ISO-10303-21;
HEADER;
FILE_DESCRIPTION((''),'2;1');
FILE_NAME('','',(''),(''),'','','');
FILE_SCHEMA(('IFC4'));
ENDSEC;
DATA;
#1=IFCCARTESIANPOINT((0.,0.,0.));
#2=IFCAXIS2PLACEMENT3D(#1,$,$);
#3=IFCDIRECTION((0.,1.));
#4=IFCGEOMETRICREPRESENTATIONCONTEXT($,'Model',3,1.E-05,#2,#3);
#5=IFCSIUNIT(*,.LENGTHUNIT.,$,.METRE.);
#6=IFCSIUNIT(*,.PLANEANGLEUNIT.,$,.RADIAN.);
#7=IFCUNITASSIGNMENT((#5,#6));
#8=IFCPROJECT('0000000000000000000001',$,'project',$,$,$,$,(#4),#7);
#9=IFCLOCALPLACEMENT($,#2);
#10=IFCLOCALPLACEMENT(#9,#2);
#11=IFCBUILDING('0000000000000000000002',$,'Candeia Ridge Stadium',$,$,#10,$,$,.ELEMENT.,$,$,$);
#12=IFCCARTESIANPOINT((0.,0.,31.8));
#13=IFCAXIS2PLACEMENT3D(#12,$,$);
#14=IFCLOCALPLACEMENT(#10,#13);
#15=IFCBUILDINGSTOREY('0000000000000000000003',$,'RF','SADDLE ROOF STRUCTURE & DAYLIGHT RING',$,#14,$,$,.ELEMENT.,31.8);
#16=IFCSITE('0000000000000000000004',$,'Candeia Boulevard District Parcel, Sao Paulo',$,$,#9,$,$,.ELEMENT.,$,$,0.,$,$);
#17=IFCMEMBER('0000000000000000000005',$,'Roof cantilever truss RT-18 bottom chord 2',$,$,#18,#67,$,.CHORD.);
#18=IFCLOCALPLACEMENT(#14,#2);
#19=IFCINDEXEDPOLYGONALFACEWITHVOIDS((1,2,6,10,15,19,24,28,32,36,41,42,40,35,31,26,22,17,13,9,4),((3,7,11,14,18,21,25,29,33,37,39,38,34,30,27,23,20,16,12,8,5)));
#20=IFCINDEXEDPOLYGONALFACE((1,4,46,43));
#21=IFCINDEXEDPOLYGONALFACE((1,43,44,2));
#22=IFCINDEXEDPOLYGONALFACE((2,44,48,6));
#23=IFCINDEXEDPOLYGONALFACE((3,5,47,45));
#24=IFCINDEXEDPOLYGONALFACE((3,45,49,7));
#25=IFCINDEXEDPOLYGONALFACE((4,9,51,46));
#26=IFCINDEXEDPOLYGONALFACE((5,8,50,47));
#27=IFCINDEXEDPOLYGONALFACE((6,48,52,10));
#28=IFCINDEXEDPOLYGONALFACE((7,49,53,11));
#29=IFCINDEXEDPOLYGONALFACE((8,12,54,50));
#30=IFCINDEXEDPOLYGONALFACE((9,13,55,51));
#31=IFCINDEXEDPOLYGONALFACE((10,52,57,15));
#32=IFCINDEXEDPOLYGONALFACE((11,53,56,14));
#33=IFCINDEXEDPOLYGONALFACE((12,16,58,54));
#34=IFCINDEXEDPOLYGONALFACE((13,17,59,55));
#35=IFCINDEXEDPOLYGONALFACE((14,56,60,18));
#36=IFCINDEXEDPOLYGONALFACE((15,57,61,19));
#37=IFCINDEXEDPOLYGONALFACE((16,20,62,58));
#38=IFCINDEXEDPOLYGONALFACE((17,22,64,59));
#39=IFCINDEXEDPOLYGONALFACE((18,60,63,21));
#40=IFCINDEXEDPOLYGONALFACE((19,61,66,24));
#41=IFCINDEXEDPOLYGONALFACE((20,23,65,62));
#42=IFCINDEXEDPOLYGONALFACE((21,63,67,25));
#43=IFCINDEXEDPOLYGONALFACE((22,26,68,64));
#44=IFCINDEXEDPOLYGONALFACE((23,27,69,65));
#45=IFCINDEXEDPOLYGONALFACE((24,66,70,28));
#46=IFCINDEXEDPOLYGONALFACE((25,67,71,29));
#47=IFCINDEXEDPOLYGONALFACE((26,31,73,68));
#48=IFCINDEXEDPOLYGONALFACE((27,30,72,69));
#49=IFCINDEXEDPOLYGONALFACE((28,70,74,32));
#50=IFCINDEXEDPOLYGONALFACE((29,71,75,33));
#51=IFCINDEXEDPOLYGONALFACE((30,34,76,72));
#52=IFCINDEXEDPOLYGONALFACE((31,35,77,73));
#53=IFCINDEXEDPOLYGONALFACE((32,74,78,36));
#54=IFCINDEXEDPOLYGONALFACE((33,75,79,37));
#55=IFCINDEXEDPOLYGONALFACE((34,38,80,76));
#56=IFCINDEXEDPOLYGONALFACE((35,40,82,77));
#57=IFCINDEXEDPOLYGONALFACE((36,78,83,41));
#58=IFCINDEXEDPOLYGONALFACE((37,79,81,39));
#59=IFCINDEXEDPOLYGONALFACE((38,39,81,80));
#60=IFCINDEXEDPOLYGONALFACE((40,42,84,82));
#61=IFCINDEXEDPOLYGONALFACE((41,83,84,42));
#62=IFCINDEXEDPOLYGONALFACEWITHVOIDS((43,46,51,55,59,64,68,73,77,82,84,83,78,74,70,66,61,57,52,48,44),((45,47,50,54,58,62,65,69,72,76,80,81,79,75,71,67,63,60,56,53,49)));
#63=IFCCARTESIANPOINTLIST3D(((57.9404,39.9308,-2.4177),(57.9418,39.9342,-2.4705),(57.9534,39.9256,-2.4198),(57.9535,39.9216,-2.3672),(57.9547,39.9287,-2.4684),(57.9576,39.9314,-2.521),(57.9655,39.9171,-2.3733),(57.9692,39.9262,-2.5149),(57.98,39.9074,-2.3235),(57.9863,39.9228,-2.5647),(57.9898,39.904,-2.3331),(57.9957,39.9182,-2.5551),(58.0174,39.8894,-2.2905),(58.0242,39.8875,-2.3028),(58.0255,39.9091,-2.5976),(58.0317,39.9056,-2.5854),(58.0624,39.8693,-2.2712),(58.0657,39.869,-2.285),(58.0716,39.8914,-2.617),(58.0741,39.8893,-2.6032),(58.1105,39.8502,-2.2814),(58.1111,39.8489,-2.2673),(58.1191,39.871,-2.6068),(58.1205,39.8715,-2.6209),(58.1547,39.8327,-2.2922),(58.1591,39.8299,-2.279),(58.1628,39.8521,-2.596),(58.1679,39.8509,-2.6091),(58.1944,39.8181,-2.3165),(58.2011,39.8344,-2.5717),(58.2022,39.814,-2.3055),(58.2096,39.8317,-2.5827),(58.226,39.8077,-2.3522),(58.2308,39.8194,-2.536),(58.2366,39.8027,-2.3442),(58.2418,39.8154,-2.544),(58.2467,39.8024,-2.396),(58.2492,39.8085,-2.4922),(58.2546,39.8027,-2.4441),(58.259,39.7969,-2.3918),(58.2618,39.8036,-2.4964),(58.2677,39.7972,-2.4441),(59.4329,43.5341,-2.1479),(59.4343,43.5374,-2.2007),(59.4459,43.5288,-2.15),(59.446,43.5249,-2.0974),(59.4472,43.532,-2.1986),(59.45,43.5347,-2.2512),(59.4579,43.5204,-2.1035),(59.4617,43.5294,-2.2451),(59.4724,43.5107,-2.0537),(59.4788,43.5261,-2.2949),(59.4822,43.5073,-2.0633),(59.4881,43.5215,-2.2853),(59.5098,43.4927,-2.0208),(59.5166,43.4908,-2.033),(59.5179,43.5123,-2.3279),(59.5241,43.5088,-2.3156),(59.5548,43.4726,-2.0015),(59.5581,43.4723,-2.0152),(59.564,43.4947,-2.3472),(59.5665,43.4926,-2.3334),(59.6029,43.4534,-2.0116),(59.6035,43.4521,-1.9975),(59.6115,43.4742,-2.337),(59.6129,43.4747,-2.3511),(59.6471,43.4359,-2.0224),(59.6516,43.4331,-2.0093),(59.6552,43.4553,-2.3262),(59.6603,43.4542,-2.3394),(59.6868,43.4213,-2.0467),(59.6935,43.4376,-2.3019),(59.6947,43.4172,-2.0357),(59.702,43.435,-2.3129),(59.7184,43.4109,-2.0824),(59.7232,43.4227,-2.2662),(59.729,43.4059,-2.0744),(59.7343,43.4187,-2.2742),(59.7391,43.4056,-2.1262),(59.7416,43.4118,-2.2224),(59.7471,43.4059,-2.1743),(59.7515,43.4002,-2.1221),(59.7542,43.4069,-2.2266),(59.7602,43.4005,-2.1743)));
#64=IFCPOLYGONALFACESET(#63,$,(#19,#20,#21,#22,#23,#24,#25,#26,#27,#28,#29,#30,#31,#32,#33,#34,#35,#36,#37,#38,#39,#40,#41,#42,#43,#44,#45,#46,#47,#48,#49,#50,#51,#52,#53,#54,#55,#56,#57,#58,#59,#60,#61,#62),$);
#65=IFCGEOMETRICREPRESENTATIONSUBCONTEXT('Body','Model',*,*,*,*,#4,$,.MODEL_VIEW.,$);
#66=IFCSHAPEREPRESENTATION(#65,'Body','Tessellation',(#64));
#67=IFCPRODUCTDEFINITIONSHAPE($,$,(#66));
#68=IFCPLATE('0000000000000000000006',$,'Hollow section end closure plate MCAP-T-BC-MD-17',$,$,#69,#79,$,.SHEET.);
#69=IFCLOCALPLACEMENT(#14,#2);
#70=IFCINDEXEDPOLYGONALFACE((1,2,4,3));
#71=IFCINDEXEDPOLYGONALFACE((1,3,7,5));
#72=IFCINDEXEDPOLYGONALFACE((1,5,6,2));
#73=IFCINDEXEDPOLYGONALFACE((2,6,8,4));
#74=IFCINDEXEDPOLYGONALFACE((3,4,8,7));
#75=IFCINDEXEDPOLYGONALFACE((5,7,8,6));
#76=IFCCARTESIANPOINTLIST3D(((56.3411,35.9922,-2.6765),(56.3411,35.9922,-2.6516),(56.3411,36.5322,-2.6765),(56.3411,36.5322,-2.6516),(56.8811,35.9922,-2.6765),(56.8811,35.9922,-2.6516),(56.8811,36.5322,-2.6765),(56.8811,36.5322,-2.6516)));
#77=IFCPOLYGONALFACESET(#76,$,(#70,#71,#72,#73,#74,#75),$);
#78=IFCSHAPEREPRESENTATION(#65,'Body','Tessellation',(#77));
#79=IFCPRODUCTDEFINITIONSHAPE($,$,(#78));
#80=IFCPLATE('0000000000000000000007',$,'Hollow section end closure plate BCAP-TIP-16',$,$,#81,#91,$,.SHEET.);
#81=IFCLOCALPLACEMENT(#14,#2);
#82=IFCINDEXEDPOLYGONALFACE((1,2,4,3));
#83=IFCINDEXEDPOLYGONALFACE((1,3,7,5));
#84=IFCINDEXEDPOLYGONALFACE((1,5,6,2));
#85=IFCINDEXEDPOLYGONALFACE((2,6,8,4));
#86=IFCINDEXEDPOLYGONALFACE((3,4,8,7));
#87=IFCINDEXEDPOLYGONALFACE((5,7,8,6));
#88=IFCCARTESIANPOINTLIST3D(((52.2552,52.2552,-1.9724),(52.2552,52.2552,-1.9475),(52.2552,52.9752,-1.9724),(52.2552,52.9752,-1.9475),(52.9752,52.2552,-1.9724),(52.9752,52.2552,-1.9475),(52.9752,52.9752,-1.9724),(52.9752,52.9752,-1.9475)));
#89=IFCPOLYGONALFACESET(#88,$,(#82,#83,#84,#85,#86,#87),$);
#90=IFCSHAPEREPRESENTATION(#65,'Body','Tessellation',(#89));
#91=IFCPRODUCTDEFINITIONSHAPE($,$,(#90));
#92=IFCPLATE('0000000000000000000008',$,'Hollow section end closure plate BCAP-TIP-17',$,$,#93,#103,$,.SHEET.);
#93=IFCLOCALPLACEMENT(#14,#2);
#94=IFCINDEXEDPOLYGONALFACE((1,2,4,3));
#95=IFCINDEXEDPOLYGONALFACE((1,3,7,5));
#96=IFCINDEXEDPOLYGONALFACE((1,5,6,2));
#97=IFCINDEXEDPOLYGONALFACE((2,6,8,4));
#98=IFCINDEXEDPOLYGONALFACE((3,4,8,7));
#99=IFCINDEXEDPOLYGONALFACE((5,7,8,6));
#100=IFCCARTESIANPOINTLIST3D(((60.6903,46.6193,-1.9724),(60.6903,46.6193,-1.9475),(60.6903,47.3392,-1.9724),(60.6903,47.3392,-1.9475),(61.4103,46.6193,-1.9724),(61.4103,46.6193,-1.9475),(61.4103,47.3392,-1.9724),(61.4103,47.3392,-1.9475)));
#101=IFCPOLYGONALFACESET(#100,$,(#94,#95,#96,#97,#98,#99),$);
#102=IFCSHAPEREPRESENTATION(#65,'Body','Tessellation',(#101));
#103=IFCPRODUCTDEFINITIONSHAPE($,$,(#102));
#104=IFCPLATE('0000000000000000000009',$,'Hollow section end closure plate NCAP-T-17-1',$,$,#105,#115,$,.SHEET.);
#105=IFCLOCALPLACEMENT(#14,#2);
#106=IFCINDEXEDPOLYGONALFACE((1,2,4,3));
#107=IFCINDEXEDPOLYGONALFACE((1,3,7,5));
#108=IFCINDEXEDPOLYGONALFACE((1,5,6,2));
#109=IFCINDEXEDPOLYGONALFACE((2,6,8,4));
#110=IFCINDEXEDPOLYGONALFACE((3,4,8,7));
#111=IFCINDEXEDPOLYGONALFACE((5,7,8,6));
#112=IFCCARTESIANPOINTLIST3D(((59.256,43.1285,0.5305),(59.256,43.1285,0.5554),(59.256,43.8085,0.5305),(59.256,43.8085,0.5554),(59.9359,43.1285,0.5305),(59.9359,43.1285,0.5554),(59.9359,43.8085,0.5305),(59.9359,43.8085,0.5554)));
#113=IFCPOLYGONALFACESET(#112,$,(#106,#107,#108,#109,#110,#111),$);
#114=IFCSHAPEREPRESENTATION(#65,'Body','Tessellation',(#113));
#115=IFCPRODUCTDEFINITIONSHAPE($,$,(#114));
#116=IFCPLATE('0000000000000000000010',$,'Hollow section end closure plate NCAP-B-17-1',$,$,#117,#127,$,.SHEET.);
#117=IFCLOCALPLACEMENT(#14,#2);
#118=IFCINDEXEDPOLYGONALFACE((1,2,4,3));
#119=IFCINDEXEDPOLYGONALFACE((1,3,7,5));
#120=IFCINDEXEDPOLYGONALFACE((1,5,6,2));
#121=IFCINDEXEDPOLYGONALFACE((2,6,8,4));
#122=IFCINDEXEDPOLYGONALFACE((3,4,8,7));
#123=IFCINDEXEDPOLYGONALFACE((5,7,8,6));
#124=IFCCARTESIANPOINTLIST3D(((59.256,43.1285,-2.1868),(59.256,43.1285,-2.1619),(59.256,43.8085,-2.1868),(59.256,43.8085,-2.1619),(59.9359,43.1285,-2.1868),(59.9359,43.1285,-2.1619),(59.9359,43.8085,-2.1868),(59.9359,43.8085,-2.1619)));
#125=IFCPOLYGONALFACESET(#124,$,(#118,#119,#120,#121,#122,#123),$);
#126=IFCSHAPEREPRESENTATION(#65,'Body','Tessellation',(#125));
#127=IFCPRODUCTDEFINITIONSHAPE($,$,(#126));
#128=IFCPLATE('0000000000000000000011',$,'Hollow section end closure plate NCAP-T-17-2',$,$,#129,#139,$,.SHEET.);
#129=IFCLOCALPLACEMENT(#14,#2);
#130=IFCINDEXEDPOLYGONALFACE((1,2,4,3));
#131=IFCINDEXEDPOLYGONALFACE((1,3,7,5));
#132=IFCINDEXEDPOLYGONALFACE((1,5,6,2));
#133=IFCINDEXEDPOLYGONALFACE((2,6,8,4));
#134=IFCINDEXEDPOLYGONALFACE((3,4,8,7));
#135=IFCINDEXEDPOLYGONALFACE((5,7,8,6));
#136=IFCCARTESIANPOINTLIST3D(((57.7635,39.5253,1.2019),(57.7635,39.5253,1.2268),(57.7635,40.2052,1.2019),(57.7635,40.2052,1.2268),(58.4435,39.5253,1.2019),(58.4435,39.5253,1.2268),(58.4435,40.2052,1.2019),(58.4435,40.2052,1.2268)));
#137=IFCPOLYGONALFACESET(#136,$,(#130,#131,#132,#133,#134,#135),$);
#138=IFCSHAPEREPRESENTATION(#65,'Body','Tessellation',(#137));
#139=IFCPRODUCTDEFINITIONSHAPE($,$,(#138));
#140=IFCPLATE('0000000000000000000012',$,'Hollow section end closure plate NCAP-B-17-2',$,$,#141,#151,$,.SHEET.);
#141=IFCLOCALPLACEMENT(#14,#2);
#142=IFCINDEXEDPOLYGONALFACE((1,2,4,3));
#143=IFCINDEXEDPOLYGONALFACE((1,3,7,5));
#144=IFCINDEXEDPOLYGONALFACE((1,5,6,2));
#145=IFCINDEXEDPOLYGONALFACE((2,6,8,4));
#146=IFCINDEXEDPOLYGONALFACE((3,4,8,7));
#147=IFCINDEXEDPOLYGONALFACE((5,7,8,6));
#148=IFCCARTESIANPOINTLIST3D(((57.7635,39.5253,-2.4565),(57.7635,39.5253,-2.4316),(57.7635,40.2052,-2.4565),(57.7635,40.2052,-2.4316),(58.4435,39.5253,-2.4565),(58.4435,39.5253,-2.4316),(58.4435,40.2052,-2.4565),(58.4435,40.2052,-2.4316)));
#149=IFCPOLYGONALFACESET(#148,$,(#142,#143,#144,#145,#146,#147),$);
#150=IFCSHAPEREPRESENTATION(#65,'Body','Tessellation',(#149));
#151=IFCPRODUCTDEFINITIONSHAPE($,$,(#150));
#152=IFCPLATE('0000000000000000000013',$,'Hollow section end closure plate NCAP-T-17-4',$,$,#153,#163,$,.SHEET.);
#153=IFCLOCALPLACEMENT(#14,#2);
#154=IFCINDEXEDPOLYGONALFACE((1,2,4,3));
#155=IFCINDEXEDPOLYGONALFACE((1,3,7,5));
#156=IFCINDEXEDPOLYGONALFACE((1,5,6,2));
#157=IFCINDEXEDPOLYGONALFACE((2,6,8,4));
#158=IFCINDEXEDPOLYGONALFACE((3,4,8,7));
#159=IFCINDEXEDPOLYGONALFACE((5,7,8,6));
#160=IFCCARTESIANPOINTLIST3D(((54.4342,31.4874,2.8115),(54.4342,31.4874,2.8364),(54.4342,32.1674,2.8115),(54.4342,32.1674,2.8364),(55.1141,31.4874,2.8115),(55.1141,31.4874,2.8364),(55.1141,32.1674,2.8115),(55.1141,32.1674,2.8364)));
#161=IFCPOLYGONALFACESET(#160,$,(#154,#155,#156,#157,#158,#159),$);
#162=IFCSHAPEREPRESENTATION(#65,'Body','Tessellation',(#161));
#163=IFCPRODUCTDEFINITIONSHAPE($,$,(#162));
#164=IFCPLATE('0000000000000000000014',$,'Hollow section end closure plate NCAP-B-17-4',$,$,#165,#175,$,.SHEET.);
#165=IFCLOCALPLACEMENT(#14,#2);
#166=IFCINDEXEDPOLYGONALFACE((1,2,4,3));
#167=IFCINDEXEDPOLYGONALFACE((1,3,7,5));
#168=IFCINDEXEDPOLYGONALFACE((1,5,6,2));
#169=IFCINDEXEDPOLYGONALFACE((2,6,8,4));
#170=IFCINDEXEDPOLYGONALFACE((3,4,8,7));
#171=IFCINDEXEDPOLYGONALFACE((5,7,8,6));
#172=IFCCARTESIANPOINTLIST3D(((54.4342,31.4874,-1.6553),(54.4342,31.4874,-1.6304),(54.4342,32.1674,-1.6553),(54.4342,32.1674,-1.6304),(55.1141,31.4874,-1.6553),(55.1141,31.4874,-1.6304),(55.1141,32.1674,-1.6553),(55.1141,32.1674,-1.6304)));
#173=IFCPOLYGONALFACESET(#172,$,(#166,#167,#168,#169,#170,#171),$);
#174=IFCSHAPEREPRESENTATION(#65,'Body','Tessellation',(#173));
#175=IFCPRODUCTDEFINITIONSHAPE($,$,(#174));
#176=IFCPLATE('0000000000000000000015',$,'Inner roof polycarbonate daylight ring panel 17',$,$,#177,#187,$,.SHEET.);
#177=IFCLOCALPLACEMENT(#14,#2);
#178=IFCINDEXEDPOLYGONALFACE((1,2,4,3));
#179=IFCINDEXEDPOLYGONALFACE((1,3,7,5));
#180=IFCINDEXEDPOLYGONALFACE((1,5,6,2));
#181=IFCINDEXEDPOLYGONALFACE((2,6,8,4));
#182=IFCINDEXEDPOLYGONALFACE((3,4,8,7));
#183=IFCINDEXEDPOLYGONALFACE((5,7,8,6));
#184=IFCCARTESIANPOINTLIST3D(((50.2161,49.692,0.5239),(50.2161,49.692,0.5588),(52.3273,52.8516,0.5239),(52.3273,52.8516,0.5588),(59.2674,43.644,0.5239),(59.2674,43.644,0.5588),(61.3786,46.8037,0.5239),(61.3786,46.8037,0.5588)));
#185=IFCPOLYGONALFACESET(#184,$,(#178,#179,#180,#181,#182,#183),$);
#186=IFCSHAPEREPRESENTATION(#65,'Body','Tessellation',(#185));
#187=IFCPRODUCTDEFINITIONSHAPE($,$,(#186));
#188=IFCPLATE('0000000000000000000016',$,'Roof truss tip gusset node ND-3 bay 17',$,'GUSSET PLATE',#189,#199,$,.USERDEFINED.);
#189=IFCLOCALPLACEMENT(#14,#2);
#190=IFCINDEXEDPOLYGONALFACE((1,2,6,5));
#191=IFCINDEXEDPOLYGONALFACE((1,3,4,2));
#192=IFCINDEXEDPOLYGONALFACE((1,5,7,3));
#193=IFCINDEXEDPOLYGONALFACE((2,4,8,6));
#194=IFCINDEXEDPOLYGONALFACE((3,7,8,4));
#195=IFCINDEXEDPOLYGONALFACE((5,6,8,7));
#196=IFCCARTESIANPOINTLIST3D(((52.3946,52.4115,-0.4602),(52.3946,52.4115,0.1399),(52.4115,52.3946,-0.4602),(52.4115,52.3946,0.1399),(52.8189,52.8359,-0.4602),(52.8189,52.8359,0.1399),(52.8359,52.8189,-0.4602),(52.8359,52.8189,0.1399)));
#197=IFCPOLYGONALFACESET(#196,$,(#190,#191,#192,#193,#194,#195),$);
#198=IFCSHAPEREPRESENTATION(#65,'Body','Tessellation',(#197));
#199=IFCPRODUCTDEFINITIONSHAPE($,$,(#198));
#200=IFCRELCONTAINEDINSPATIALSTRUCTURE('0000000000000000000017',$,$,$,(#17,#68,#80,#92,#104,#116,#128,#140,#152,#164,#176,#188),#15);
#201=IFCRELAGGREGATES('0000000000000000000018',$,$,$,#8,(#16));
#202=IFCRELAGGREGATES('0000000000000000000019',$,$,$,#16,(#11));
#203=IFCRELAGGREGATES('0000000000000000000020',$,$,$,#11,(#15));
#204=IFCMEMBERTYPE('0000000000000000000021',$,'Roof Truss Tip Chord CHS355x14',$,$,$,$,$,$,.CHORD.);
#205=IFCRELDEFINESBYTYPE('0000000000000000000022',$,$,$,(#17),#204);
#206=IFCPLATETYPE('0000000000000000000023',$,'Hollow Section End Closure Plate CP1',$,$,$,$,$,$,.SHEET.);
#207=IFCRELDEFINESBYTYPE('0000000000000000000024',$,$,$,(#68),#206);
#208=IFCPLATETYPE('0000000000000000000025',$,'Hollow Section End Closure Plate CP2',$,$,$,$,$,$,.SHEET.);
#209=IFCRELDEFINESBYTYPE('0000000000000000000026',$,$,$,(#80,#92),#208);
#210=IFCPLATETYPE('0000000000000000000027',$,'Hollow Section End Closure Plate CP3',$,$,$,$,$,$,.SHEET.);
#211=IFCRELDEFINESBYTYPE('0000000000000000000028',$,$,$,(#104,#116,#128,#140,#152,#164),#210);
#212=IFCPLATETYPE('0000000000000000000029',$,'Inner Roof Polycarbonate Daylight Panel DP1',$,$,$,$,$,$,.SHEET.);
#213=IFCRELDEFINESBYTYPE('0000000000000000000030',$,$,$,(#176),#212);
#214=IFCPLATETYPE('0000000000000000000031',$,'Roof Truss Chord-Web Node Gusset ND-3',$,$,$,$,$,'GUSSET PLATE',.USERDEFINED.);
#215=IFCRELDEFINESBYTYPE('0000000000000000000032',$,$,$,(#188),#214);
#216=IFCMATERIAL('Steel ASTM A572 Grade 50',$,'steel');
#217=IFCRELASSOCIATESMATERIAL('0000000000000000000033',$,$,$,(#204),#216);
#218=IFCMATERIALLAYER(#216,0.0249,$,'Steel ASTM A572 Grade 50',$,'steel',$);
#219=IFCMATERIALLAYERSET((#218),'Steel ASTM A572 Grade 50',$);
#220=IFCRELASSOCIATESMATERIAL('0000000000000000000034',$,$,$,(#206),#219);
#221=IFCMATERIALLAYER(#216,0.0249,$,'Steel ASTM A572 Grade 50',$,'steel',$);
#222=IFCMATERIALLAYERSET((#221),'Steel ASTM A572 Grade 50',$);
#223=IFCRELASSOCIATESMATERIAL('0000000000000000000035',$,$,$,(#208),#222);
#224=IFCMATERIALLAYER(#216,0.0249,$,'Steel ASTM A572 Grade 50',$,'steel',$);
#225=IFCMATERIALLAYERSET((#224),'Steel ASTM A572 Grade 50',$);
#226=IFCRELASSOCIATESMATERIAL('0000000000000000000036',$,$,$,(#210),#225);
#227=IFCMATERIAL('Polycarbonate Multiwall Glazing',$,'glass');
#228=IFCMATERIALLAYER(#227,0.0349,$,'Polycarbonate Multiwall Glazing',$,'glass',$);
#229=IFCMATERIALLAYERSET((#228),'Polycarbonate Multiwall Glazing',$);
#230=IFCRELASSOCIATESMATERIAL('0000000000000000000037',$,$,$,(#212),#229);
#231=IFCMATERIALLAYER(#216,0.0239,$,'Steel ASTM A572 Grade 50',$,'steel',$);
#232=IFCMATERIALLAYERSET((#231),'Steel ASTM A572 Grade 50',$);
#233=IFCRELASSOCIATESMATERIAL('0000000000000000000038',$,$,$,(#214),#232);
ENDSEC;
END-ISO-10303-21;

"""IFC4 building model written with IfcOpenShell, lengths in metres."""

from ifc_helpers import new_model, si_unit, direction, frame, origin, origin_2d, place, context, subcontext, project, spatial, rectangle, hollow_circle, extrude, material, layer, layer_set, material_profile, profile_set, type_object, element, save


model = new_model("IFC4")

# Units and contexts
model_context = context("Model", 3, precision=1e-05, world=origin(), true_north=direction((0.0, 1.0)))
body_context = subcontext(model_context, "Body", "Model", "MODEL_VIEW")
ifc_project = project(units=[si_unit("LENGTHUNIT", "METRE"), si_unit("PLANEANGLEUNIT", "RADIAN")], contexts=[model_context])

# Site, building, storey
site_placement = place(None, origin())
site = spatial("IfcSite", under=ifc_project, at=site_placement, Name="Candeia Boulevard District Parcel, Sao Paulo", CompositionType="ELEMENT", RefElevation=0.0)
building_placement = place(site_placement, origin())
building = spatial("IfcBuilding", under=site, at=building_placement, Name="Candeia Ridge Stadium", CompositionType="ELEMENT")
storey_placement = place(building_placement, frame((0.0, 0.0, 31.8)))
storey = spatial("IfcBuildingStorey", under=building, at=storey_placement, Name="RF", Description="SADDLE ROOF STRUCTURE & DAYLIGHT RING", CompositionType="ELEMENT", Elevation=31.8)

# Shared definitions
ifc_material_1 = material(Name="Steel ASTM A572 Grade 50", Category="steel")

# Member
ifc_material_profile_1 = material_profile(ifc_material_1, hollow_circle(Radius=0.1777, WallThickness=0.0142, at=origin_2d()), Name="CHS355x14", Category="steel")
ifc_profile_set_1 = profile_set([ifc_material_profile_1], Name="Steel ASTM A572 Grade 50")
member_type_1 = type_object("IfcMemberType", Name="Roof Truss Tip Chord CHS355x14", PredefinedType="CHORD", material=ifc_profile_set_1)
member_1_placement = place(storey_placement, frame((59.5959, 43.4685, -2.1743), z_axis=(-0.381751, -0.921686, -0.069006), x_axis=(0.923888, -0.382663, 0.0)))
element("IfcMember", 1, at=member_1_placement, inside=storey, type_object=member_type_1, Name="Roof cantilever truss RT-18 bottom chord 2", PredefinedType="CHORD", context=body_context, shape_type="SweptSolid", body=[
    extrude(hollow_circle(Radius=0.1777, WallThickness=0.0142, at=origin_2d()), origin(), (0.0, 0.0, 1.0), 3.9094),
])

# Plates
ifc_layer_1 = layer(ifc_material_1, 0.0249, Name="Steel ASTM A572 Grade 50", Category="steel")
ifc_layer_set_1 = layer_set([ifc_layer_1], Name="Steel ASTM A572 Grade 50")
plate_type_1 = type_object("IfcPlateType", Name="Hollow Section End Closure Plate CP1", PredefinedType="SHEET", material=ifc_layer_set_1)
plate_1_placement = place(storey_placement, frame((56.6111, 36.2622, -2.6765), z_axis=(0.0, 0.0, 1.0), x_axis=(1.0, 0.0, 0.0)))
element("IfcPlate", 2, at=plate_1_placement, inside=storey, type_object=plate_type_1, Name="Hollow section end closure plate MCAP-T-BC-MD-17", PredefinedType="SHEET", context=body_context, shape_type="SweptSolid", body=[
    extrude(rectangle(XDim=0.54, YDim=0.54, at=origin_2d()), origin(), (0.0, 0.0, 1.0), 0.0249),
])
ifc_layer_2 = layer(ifc_material_1, 0.0249, Name="Steel ASTM A572 Grade 50", Category="steel")
ifc_layer_set_2 = layer_set([ifc_layer_2], Name="Steel ASTM A572 Grade 50")
plate_type_2 = type_object("IfcPlateType", Name="Hollow Section End Closure Plate CP2", PredefinedType="SHEET", material=ifc_layer_set_2)
for number, where, z_axis, x_axis, name in (
    (3, (52.6152, 52.6152, -1.9724), (0.0, 0.0, 1.0), (1.0, 0.0, 0.0), "Hollow section end closure plate BCAP-TIP-16"),
    (4, (61.0503, 46.9792, -1.9724), (0.0, 0.0, 1.0), (1.0, 0.0, 0.0), "Hollow section end closure plate BCAP-TIP-17"),
):
    element("IfcPlate", number, at=place(storey_placement, frame(where, z_axis=z_axis, x_axis=x_axis)), inside=storey, type_object=plate_type_2, Name=name, PredefinedType="SHEET", context=body_context, shape_type="SweptSolid", body=[
        extrude(rectangle(XDim=0.72, YDim=0.72, at=origin_2d()), origin(), (0.0, 0.0, 1.0), 0.0249),
    ])
ifc_layer_3 = layer(ifc_material_1, 0.0249, Name="Steel ASTM A572 Grade 50", Category="steel")
ifc_layer_set_3 = layer_set([ifc_layer_3], Name="Steel ASTM A572 Grade 50")
plate_type_3 = type_object("IfcPlateType", Name="Hollow Section End Closure Plate CP3", PredefinedType="SHEET", material=ifc_layer_set_3)
for number, where, z_axis, x_axis, name in (
    (5, (59.5959, 43.4685, 0.5305), (0.0, 0.0, 1.0), (1.0, 0.0, 0.0), "Hollow section end closure plate NCAP-T-17-1"),
    (6, (59.5959, 43.4685, -2.1868), (0.0, 0.0, 1.0), (1.0, 0.0, 0.0), "Hollow section end closure plate NCAP-B-17-1"),
    (7, (58.1035, 39.8652, 1.2019), (0.0, 0.0, 1.0), (1.0, 0.0, 0.0), "Hollow section end closure plate NCAP-T-17-2"),
    (8, (58.1035, 39.8652, -2.4565), (0.0, 0.0, 1.0), (1.0, 0.0, 0.0), "Hollow section end closure plate NCAP-B-17-2"),
    (9, (54.7742, 31.8274, 2.8115), (0.0, 0.0, 1.0), (1.0, 0.0, 0.0), "Hollow section end closure plate NCAP-T-17-4"),
    (10, (54.7742, 31.8274, -1.6553), (0.0, 0.0, 1.0), (1.0, 0.0, 0.0), "Hollow section end closure plate NCAP-B-17-4"),
):
    element("IfcPlate", number, at=place(storey_placement, frame(where, z_axis=z_axis, x_axis=x_axis)), inside=storey, type_object=plate_type_3, Name=name, PredefinedType="SHEET", context=body_context, shape_type="SweptSolid", body=[
        extrude(rectangle(XDim=0.6799, YDim=0.6799, at=origin_2d()), origin(), (0.0, 0.0, 1.0), 0.0249),
    ])
ifc_material_2 = material(Name="Polycarbonate Multiwall Glazing", Category="glass")
ifc_layer_4 = layer(ifc_material_2, 0.0349, Name="Polycarbonate Multiwall Glazing", Category="glass")
ifc_layer_set_4 = layer_set([ifc_layer_4], Name="Polycarbonate Multiwall Glazing")
plate_type_4 = type_object("IfcPlateType", Name="Inner Roof Polycarbonate Daylight Panel DP1", PredefinedType="SHEET", material=ifc_layer_set_4)
plate_2_placement = place(storey_placement, frame((55.7974, 48.2478, 0.5239), z_axis=(0.0, 0.0, 1.0), x_axis=(0.83147, -0.55557, 0.0)))
element("IfcPlate", 11, at=plate_2_placement, inside=storey, type_object=plate_type_4, Name="Inner roof polycarbonate daylight ring panel 17", PredefinedType="SHEET", context=body_context, shape_type="SweptSolid", body=[
    extrude(rectangle(XDim=10.886, YDim=3.8, at=origin_2d()), origin(), (0.0, 0.0, 1.0), 0.0349),
])
ifc_layer_5 = layer(ifc_material_1, 0.0239, Name="Steel ASTM A572 Grade 50", Category="steel")
ifc_layer_set_5 = layer_set([ifc_layer_5], Name="Steel ASTM A572 Grade 50")
plate_type_5 = type_object("IfcPlateType", Name="Roof Truss Chord-Web Node Gusset ND-3", ElementType="GUSSET PLATE", PredefinedType="USERDEFINED", material=ifc_layer_set_5)
plate_3_placement = place(storey_placement, frame((52.6152, 52.6152, -0.4602), z_axis=(0.0, 0.0, 1.0), x_axis=(-0.707107, -0.707107, 0.0)))
element("IfcPlate", 12, at=plate_3_placement, inside=storey, type_object=plate_type_5, Name="Roof truss tip gusset node ND-3 bay 17", ObjectType="GUSSET PLATE", PredefinedType="USERDEFINED", context=body_context, shape_type="SweptSolid", body=[
    extrude(rectangle(XDim=0.6001, YDim=0.0239, at=origin_2d()), origin(), (0.0, 0.0, 1.0), 0.6001),
])

save(model, "model.ifc")
